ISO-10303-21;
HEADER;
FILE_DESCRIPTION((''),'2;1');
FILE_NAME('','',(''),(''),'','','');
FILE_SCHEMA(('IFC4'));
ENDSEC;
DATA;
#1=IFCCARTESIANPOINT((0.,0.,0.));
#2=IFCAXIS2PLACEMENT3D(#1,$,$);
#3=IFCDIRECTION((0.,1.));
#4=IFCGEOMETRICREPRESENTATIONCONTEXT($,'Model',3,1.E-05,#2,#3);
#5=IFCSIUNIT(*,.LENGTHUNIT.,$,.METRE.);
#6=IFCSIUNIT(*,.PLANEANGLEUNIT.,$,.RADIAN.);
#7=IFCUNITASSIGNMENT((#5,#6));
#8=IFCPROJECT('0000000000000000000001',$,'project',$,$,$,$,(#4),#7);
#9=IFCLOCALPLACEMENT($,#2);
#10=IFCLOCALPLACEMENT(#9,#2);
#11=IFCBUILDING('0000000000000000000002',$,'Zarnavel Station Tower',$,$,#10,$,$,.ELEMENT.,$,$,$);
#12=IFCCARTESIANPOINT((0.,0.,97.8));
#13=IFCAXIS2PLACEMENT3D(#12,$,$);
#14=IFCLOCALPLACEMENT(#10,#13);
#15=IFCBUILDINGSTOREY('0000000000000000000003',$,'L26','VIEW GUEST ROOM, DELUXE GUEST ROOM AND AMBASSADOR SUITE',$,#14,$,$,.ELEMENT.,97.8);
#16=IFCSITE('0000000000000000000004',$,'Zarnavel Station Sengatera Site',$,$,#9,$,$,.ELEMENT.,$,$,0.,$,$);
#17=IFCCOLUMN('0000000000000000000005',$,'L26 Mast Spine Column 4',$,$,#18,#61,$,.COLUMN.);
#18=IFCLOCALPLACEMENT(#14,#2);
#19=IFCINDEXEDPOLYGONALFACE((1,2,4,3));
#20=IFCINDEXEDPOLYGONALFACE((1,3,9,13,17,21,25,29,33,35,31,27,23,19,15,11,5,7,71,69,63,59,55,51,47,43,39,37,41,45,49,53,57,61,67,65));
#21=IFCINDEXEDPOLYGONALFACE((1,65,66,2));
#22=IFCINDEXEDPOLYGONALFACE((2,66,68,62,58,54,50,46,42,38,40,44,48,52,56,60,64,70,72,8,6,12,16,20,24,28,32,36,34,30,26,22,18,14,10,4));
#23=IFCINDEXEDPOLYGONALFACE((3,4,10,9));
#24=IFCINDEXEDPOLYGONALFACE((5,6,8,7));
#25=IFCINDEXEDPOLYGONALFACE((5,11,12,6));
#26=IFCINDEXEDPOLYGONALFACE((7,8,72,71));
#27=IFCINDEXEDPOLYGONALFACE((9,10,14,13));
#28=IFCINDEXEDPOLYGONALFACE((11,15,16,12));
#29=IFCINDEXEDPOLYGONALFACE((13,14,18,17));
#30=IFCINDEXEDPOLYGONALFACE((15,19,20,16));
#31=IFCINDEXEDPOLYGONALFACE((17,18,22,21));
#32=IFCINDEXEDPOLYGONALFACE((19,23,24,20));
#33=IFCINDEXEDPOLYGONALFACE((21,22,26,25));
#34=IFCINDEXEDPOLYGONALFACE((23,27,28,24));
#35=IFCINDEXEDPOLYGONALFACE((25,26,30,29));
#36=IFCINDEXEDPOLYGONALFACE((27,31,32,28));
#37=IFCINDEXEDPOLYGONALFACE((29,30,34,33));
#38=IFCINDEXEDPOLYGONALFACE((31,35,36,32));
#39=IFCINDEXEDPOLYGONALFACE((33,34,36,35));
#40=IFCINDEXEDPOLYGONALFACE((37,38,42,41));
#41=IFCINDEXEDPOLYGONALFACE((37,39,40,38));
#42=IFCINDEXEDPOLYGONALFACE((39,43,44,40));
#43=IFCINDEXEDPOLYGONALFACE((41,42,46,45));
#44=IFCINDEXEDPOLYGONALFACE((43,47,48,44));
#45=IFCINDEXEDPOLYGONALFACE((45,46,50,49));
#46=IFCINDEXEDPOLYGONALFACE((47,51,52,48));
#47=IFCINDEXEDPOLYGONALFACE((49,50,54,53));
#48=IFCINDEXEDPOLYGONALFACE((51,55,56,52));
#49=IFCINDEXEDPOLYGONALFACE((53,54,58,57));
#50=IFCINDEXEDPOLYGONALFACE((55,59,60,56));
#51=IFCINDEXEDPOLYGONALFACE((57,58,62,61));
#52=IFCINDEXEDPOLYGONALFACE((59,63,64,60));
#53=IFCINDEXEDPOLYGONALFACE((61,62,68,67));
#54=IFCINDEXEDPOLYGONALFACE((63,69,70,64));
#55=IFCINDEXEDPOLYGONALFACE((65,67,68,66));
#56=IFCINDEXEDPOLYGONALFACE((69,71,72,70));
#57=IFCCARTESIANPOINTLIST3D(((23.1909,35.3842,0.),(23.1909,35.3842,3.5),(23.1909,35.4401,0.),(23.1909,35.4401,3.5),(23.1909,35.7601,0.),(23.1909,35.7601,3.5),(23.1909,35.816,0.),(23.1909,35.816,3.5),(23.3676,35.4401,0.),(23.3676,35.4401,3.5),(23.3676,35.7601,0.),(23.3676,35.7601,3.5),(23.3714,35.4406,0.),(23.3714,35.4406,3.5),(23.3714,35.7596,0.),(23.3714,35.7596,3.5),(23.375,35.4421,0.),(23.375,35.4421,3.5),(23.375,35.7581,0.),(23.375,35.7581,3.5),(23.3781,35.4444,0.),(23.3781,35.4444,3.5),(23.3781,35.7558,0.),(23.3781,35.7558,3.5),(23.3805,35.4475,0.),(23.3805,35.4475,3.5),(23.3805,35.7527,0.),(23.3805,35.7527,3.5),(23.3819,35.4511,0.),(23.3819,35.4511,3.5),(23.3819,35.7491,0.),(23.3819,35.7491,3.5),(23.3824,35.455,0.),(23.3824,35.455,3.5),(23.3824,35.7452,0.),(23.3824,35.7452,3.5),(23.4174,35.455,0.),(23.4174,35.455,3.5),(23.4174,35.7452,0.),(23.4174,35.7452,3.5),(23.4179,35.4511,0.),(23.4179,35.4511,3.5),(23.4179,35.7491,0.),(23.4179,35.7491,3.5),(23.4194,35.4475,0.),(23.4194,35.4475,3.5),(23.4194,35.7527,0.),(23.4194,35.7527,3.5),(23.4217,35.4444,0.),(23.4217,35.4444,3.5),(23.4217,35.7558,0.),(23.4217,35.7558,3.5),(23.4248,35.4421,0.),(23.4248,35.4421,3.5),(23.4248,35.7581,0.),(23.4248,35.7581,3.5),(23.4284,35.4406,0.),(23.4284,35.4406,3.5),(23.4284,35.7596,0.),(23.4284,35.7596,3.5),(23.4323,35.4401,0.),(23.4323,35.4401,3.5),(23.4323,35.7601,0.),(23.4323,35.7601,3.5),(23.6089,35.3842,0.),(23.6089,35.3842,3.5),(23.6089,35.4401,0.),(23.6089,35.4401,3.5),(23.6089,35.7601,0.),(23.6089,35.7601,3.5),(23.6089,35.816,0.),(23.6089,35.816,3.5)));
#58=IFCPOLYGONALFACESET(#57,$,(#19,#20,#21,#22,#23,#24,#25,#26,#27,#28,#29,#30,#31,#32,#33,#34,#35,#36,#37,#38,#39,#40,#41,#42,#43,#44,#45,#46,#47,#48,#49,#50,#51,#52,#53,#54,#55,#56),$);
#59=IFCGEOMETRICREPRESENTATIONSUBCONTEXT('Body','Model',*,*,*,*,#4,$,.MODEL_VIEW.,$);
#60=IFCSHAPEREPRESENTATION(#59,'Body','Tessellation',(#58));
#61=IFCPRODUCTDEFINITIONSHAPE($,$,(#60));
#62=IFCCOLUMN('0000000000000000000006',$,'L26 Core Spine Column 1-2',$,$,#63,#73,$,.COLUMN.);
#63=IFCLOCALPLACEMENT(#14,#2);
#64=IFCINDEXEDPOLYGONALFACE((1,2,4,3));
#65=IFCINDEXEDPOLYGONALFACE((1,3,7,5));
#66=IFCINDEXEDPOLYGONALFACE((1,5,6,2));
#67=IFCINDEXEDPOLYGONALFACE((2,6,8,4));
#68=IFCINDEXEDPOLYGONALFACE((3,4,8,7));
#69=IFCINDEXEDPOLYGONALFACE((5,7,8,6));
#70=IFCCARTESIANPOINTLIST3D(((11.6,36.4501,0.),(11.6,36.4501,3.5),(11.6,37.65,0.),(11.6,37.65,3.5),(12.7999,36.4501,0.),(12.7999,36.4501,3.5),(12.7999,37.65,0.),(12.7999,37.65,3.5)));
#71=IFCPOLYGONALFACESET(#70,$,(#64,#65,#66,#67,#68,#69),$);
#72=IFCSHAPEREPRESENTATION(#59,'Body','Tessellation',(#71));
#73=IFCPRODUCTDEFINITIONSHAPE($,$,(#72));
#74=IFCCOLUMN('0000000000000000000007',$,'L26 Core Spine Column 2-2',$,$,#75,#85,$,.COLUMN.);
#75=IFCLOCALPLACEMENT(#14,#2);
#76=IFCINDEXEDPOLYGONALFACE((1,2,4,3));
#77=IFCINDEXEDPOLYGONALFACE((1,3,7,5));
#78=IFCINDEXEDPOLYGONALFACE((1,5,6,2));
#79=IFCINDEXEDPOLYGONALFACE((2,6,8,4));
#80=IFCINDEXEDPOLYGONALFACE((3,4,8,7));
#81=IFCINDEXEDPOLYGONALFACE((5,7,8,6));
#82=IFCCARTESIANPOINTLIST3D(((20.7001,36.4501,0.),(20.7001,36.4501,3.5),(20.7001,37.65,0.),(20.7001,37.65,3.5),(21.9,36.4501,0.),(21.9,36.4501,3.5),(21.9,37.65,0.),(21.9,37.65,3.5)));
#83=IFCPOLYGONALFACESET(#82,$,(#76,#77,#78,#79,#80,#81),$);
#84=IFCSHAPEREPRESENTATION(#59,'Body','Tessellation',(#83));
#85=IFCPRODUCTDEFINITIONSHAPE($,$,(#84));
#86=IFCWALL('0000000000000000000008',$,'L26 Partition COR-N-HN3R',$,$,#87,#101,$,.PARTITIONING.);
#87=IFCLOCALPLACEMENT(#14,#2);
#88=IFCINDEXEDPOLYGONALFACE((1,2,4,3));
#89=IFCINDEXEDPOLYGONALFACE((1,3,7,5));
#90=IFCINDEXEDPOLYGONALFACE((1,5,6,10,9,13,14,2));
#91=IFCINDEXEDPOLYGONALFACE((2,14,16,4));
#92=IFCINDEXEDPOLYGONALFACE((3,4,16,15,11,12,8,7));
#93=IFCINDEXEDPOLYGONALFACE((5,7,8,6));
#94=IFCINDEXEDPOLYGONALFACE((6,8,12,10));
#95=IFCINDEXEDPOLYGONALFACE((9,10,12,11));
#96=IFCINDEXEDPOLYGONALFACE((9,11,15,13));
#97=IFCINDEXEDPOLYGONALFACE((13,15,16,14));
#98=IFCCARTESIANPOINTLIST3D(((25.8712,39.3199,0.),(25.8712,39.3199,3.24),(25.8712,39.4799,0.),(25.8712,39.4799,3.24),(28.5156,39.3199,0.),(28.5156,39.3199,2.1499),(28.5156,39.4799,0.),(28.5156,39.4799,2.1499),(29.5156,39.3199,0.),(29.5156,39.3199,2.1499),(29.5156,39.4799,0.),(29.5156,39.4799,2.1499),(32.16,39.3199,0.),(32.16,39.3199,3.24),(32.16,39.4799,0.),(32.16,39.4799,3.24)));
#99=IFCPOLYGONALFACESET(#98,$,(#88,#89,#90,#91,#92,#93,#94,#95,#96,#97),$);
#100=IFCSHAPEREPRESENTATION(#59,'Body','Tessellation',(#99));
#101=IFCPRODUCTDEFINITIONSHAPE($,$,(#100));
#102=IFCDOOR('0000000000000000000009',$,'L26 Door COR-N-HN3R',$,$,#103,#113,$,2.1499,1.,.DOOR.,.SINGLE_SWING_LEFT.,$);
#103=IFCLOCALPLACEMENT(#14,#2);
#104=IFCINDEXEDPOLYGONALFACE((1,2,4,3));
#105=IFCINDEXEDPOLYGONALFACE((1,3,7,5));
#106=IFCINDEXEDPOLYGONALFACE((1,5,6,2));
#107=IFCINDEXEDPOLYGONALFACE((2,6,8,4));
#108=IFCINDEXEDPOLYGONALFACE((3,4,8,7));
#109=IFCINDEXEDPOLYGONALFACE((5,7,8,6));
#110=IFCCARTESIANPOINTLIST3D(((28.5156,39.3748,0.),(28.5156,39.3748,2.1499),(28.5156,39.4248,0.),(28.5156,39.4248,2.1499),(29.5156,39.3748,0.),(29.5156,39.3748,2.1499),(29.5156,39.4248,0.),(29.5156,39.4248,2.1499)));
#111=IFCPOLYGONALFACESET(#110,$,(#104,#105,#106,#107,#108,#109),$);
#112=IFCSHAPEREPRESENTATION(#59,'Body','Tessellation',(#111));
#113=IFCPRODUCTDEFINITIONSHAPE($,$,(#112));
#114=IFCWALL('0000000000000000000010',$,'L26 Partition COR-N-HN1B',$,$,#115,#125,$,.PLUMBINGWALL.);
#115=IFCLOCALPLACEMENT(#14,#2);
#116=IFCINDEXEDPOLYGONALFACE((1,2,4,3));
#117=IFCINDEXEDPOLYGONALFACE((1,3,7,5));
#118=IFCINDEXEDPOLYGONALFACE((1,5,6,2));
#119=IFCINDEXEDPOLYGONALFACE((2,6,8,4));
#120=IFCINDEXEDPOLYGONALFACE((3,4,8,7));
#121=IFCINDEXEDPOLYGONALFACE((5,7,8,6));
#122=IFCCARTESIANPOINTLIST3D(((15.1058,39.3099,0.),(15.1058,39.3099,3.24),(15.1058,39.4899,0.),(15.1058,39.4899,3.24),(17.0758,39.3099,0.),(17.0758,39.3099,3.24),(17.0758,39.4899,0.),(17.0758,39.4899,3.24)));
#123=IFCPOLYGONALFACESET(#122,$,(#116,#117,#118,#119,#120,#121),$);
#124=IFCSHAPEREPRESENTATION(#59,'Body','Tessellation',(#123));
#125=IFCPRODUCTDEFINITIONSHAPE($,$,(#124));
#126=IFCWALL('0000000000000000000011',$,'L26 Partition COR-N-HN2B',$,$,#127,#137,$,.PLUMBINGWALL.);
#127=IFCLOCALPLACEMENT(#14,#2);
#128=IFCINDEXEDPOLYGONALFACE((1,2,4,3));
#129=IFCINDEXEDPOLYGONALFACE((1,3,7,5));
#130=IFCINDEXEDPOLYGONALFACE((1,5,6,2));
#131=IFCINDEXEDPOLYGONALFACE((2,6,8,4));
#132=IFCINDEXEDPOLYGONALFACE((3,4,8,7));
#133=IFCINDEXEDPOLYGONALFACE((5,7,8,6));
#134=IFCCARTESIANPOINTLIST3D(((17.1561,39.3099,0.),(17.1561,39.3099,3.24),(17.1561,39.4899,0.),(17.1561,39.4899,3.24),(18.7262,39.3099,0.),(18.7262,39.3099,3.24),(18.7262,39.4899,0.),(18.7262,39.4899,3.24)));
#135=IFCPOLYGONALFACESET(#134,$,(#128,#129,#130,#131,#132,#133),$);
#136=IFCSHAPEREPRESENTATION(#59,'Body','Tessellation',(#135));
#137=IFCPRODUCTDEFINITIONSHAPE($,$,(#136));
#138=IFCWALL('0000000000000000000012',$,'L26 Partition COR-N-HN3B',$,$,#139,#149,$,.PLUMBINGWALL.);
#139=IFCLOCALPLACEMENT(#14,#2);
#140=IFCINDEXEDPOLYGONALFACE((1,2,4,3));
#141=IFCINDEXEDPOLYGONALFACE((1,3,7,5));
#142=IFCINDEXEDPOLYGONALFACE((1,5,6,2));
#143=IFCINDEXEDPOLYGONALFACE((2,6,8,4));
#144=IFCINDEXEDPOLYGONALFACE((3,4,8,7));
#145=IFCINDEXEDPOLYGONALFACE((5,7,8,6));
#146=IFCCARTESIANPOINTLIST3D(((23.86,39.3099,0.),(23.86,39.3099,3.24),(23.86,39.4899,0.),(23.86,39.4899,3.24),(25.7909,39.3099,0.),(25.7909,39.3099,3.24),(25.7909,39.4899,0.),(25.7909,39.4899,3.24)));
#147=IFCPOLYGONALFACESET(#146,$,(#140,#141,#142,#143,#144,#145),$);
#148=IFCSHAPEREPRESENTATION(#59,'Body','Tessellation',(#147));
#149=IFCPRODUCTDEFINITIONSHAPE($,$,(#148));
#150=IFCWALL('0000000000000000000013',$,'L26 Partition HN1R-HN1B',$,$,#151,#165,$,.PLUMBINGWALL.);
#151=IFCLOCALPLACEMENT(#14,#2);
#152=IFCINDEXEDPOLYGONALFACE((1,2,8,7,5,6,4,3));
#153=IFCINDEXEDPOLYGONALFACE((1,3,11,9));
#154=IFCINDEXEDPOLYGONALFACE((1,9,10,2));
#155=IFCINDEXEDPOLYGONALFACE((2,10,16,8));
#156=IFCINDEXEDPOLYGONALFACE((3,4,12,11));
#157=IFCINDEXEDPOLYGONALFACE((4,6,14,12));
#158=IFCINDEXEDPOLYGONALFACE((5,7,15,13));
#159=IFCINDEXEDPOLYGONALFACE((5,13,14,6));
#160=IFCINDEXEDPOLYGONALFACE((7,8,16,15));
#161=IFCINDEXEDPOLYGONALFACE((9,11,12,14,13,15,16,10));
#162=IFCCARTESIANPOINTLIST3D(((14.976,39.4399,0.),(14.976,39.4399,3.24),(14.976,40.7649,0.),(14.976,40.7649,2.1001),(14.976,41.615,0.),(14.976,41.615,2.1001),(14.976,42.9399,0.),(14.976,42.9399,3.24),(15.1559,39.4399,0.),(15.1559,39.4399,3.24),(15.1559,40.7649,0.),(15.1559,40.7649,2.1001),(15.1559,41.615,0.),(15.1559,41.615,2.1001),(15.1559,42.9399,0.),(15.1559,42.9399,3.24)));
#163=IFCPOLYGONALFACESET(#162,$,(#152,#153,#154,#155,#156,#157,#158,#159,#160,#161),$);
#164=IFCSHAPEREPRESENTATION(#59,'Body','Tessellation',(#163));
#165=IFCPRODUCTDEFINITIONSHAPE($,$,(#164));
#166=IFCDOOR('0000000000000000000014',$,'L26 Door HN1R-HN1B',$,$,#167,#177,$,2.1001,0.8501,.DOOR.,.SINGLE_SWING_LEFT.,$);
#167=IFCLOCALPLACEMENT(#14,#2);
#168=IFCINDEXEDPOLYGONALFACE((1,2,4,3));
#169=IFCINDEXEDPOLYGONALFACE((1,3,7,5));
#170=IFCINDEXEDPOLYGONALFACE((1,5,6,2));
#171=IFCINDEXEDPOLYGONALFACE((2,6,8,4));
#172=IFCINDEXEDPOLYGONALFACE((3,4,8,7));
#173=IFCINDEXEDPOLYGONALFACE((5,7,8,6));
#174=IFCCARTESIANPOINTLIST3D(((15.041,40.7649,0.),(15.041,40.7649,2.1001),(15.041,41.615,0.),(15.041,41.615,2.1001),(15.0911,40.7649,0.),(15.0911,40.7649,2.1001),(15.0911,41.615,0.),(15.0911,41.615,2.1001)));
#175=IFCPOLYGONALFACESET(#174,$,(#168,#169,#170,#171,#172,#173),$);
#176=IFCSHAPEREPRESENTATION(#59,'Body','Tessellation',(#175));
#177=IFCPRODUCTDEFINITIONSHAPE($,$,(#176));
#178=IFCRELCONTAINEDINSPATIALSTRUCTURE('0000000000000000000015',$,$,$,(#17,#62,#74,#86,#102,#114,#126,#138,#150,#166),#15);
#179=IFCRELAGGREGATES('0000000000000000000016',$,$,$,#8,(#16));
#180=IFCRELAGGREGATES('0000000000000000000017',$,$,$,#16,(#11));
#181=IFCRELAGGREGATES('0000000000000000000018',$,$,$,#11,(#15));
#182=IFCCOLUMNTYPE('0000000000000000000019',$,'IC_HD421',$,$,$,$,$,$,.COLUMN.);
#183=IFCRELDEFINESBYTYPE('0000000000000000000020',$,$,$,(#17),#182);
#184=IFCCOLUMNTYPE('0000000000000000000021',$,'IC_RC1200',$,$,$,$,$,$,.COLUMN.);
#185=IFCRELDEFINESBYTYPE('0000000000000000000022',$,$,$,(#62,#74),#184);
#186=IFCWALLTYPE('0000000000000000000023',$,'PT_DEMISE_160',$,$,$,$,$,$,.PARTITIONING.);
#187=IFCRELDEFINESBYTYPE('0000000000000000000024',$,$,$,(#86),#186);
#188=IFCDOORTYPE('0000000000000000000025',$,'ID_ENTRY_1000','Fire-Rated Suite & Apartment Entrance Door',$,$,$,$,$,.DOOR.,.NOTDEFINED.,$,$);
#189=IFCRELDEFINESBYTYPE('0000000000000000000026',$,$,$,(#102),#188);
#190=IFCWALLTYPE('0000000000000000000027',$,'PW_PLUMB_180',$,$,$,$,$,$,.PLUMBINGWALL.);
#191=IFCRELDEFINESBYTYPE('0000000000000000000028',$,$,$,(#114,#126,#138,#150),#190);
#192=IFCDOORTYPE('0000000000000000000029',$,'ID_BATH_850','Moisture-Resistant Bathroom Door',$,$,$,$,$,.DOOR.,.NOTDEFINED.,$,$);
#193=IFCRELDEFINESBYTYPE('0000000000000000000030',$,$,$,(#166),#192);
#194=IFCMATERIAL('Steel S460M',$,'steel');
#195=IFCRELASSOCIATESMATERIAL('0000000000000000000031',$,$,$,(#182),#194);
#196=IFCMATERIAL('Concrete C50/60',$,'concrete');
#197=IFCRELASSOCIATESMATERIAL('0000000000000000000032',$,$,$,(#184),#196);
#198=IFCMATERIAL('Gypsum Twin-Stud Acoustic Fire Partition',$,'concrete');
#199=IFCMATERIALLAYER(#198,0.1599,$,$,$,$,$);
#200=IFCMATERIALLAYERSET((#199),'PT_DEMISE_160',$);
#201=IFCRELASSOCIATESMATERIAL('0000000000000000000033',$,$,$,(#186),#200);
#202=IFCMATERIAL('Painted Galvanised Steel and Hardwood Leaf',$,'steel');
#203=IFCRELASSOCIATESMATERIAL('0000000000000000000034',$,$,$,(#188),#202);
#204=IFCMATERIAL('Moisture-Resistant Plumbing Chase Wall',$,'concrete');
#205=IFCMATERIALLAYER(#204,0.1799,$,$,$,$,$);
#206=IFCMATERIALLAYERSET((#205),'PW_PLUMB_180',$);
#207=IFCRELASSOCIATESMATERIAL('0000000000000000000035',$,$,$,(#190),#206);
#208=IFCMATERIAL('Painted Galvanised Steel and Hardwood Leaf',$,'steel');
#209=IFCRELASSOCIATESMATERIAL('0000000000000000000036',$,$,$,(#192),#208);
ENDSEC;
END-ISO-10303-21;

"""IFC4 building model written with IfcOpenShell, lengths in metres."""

from ifc_helpers import new_model, si_unit, direction, frame, frame_2d, origin, origin_2d, place, context, subcontext, project, spatial, rectangle, i_section, extrude, material, layer, layer_set, material_profile, profile_set, type_object, element, fill, save


model = new_model("IFC4")

# Units and contexts
model_context = context("Model", 3, precision=1e-05, world=origin(), true_north=direction((0.0, 1.0)))
body_context = subcontext(model_context, "Body", "Model", "MODEL_VIEW")
ifc_project = project(units=[si_unit("LENGTHUNIT", "METRE"), si_unit("PLANEANGLEUNIT", "RADIAN")], contexts=[model_context])

# Site, building, storey
site_placement = place(None, origin())
site = spatial("IfcSite", under=ifc_project, at=site_placement, Name="Zarnavel Station Sengatera Site", CompositionType="ELEMENT", RefElevation=0.0)
building_placement = place(site_placement, origin())
building = spatial("IfcBuilding", under=site, at=building_placement, Name="Zarnavel Station Tower", CompositionType="ELEMENT")
storey_placement = place(building_placement, frame((0.0, 0.0, 97.8)))
storey = spatial("IfcBuildingStorey", under=building, at=storey_placement, Name="L26", Description="VIEW GUEST ROOM, DELUXE GUEST ROOM AND AMBASSADOR SUITE", CompositionType="ELEMENT", Elevation=97.8)

# Columns
ifc_material_1 = material(Name="Steel S460M", Category="steel")
ifc_material_profile_1 = material_profile(ifc_material_1, i_section(OverallWidth=0.418, OverallDepth=0.4319, WebThickness=0.0349, FlangeThickness=0.0559, FilletRadius=0.0149, at=origin_2d()), Name="HD400x421")
ifc_profile_set_1 = profile_set([ifc_material_profile_1], Name="Steel S460M")
column_type_1 = type_object("IfcColumnType", Name="IC_HD421", PredefinedType="COLUMN", material=ifc_profile_set_1)
column_placement = place(storey_placement, frame((23.3999, 35.6001, 0.0), z_axis=(0.0, 0.0, 1.0), x_axis=(1.0, 0.0, 0.0)))
element("IfcColumn", 1, at=column_placement, inside=storey, type_object=column_type_1, Name="L26 Mast Spine Column 4", PredefinedType="COLUMN", context=body_context, shape_type="SweptSolid", body=[
    extrude(i_section(OverallWidth=0.418, OverallDepth=0.4319, WebThickness=0.0349, FlangeThickness=0.0559, FilletRadius=0.0149, at=origin_2d()), origin(), (0.0, 0.0, 1.0), 3.5),
])
ifc_material_2 = material(Name="Concrete C50/60", Category="concrete")
ifc_material_profile_2 = material_profile(ifc_material_2, rectangle(XDim=1.2, YDim=1.2, at=origin_2d()), Name="RC1200x1200")
ifc_profile_set_2 = profile_set([ifc_material_profile_2], Name="Concrete C50/60")
column_type_2 = type_object("IfcColumnType", Name="IC_RC1200", PredefinedType="COLUMN", material=ifc_profile_set_2)
for number, where, z_axis, x_axis, name in (
    (2, (12.2, 37.05, 0.0), (0.0, 0.0, 1.0), (1.0, 0.0, 0.0), "L26 Core Spine Column 1-2"),
    (3, (21.3, 37.05, 0.0), (0.0, 0.0, 1.0), (1.0, 0.0, 0.0), "L26 Core Spine Column 2-2"),
):
    element("IfcColumn", number, at=place(storey_placement, frame(where, z_axis=z_axis, x_axis=x_axis)), inside=storey, type_object=column_type_2, Name=name, PredefinedType="COLUMN", context=body_context, shape_type="SweptSolid", body=[
        extrude(rectangle(XDim=1.2, YDim=1.2, at=origin_2d()), origin(), (0.0, 0.0, 1.0), 3.5),
    ])

# Wall, opening, door
ifc_material_3 = material(Name="Gypsum Twin-Stud Acoustic Fire Partition", Category="concrete")
ifc_layer_1 = layer(ifc_material_3, 0.1599)
ifc_layer_set_1 = layer_set([ifc_layer_1], Name="PT_DEMISE_160")
wall_type_1 = type_object("IfcWallType", Name="PT_DEMISE_160", PredefinedType="PARTITIONING", material=ifc_layer_set_1)
ifc_material_4 = material(Name="Painted Galvanised Steel and Hardwood Leaf", Category="steel")
door_type_1 = type_object("IfcDoorType", Name="ID_ENTRY_1000", Description="Fire-Rated Suite & Apartment Entrance Door", OperationType="NOTDEFINED", PredefinedType="DOOR", material=ifc_material_4)
wall_1_placement = place(storey_placement, frame((25.8711, 39.3999, 0.0), z_axis=(0.0, 0.0, 1.0), x_axis=(1.0, 0.0, 0.0)))
wall_1 = element("IfcWall", 4, at=wall_1_placement, inside=storey, type_object=wall_type_1, Name="L26 Partition COR-N-HN3R", PredefinedType="PARTITIONING", context=body_context, shape_type="SweptSolid", body=[
    extrude(rectangle(XDim=6.2888, YDim=0.1599, at=frame_2d((3.1445, 0.0))), origin(), (0.0, 0.0, 1.0), 3.24),
])
opening_1_placement = place(wall_1_placement, frame((2.6445, 0.0, 0.0)))
opening_1 = element("IfcOpeningElement", 5, at=opening_1_placement, cuts=wall_1, PredefinedType="OPENING", context=body_context, shape_type="SweptSolid", body=[
    extrude(rectangle(XDim=1.0, YDim=2.1499, at=frame_2d((0.5, 1.075))), frame((0.0, 0.0898, 0.0), z_axis=(0.0, -1.0, 0.0), x_axis=(1.0, 0.0, 0.0)), (0.0, 0.0, 1.0), 0.1799),
])
door_1_placement = place(opening_1_placement, origin())
door_1 = element("IfcDoor", 6, at=door_1_placement, inside=storey, type_object=door_type_1, Name="L26 Door COR-N-HN3R", OperationType="SINGLE_SWING_LEFT", OverallHeight=2.1499, OverallWidth=1.0, PredefinedType="DOOR", context=body_context, shape_type="SweptSolid", body=[
    extrude(rectangle(XDim=1.0, YDim=2.1499, at=frame_2d((0.5, 1.075))), frame((0.0, 0.0249, 0.0), z_axis=(0.0, -1.0, 0.0), x_axis=(1.0, 0.0, 0.0)), (0.0, 0.0, 1.0), 0.05),
])
fill(opening_1, door_1)

# Walls
ifc_material_5 = material(Name="Moisture-Resistant Plumbing Chase Wall", Category="concrete")
ifc_layer_2 = layer(ifc_material_5, 0.1799)
ifc_layer_set_2 = layer_set([ifc_layer_2], Name="PW_PLUMB_180")
wall_type_2 = type_object("IfcWallType", Name="PW_PLUMB_180", PredefinedType="PLUMBINGWALL", material=ifc_layer_set_2)
wall_2_placement = place(storey_placement, frame((15.106, 39.3999, 0.0), z_axis=(0.0, 0.0, 1.0), x_axis=(1.0, 0.0, 0.0)))
element("IfcWall", 7, at=wall_2_placement, inside=storey, type_object=wall_type_2, Name="L26 Partition COR-N-HN1B", PredefinedType="PLUMBINGWALL", context=body_context, shape_type="SweptSolid", body=[
    extrude(rectangle(XDim=1.97, YDim=0.1799, at=frame_2d((0.9849, 0.0))), origin(), (0.0, 0.0, 1.0), 3.24),
])
wall_3_placement = place(storey_placement, frame((17.156, 39.3999, 0.0), z_axis=(0.0, 0.0, 1.0), x_axis=(1.0, 0.0, 0.0)))
element("IfcWall", 8, at=wall_3_placement, inside=storey, type_object=wall_type_2, Name="L26 Partition COR-N-HN2B", PredefinedType="PLUMBINGWALL", context=body_context, shape_type="SweptSolid", body=[
    extrude(rectangle(XDim=1.5701, YDim=0.1799, at=frame_2d((0.7852, 0.0))), origin(), (0.0, 0.0, 1.0), 3.24),
])
wall_4_placement = place(storey_placement, frame((23.8601, 39.3999, 0.0), z_axis=(0.0, 0.0, 1.0), x_axis=(1.0, 0.0, 0.0)))
element("IfcWall", 9, at=wall_4_placement, inside=storey, type_object=wall_type_2, Name="L26 Partition COR-N-HN3B", PredefinedType="PLUMBINGWALL", context=body_context, shape_type="SweptSolid", body=[
    extrude(rectangle(XDim=1.9309, YDim=0.1799, at=frame_2d((0.9653, 0.0))), origin(), (0.0, 0.0, 1.0), 3.24),
])

# Wall, opening, door
wall_5_placement = place(storey_placement, frame((15.0659, 39.4399, 0.0), z_axis=(0.0, 0.0, 1.0), x_axis=(0.0, 1.0, 0.0)))
wall_5 = element("IfcWall", 10, at=wall_5_placement, inside=storey, type_object=wall_type_2, Name="L26 Partition HN1R-HN1B", PredefinedType="PLUMBINGWALL", context=body_context, shape_type="SweptSolid", body=[
    extrude(rectangle(XDim=3.5, YDim=0.1799, at=frame_2d((1.75, 0.0))), origin(), (0.0, 0.0, 1.0), 3.24),
])
opening_2_placement = place(wall_5_placement, frame((1.325, 0.0, 0.0)))
opening_2 = element("IfcOpeningElement", 11, at=opening_2_placement, cuts=wall_5, PredefinedType="OPENING", context=body_context, shape_type="SweptSolid", body=[
    extrude(rectangle(XDim=0.8501, YDim=2.1001, at=frame_2d((0.425, 1.05))), frame((0.0, 0.0999, 0.0), z_axis=(0.0, -1.0, 0.0), x_axis=(1.0, 0.0, 0.0)), (0.0, 0.0, 1.0), 0.2),
])
ifc_material_6 = material(Name="Painted Galvanised Steel and Hardwood Leaf", Category="steel")
door_type_2 = type_object("IfcDoorType", Name="ID_BATH_850", Description="Moisture-Resistant Bathroom Door", OperationType="NOTDEFINED", PredefinedType="DOOR", material=ifc_material_6)
door_2_placement = place(opening_2_placement, origin())
door_2 = element("IfcDoor", 12, at=door_2_placement, inside=storey, type_object=door_type_2, Name="L26 Door HN1R-HN1B", OperationType="SINGLE_SWING_LEFT", OverallHeight=2.1001, OverallWidth=0.8501, PredefinedType="DOOR", context=body_context, shape_type="SweptSolid", body=[
    extrude(rectangle(XDim=0.8501, YDim=2.1001, at=frame_2d((0.425, 1.05))), frame((0.0, 0.0249, 0.0), z_axis=(0.0, -1.0, 0.0), x_axis=(1.0, 0.0, 0.0)), (0.0, 0.0, 1.0), 0.05),
])
fill(opening_2, door_2)

save(model, "model.ifc")
